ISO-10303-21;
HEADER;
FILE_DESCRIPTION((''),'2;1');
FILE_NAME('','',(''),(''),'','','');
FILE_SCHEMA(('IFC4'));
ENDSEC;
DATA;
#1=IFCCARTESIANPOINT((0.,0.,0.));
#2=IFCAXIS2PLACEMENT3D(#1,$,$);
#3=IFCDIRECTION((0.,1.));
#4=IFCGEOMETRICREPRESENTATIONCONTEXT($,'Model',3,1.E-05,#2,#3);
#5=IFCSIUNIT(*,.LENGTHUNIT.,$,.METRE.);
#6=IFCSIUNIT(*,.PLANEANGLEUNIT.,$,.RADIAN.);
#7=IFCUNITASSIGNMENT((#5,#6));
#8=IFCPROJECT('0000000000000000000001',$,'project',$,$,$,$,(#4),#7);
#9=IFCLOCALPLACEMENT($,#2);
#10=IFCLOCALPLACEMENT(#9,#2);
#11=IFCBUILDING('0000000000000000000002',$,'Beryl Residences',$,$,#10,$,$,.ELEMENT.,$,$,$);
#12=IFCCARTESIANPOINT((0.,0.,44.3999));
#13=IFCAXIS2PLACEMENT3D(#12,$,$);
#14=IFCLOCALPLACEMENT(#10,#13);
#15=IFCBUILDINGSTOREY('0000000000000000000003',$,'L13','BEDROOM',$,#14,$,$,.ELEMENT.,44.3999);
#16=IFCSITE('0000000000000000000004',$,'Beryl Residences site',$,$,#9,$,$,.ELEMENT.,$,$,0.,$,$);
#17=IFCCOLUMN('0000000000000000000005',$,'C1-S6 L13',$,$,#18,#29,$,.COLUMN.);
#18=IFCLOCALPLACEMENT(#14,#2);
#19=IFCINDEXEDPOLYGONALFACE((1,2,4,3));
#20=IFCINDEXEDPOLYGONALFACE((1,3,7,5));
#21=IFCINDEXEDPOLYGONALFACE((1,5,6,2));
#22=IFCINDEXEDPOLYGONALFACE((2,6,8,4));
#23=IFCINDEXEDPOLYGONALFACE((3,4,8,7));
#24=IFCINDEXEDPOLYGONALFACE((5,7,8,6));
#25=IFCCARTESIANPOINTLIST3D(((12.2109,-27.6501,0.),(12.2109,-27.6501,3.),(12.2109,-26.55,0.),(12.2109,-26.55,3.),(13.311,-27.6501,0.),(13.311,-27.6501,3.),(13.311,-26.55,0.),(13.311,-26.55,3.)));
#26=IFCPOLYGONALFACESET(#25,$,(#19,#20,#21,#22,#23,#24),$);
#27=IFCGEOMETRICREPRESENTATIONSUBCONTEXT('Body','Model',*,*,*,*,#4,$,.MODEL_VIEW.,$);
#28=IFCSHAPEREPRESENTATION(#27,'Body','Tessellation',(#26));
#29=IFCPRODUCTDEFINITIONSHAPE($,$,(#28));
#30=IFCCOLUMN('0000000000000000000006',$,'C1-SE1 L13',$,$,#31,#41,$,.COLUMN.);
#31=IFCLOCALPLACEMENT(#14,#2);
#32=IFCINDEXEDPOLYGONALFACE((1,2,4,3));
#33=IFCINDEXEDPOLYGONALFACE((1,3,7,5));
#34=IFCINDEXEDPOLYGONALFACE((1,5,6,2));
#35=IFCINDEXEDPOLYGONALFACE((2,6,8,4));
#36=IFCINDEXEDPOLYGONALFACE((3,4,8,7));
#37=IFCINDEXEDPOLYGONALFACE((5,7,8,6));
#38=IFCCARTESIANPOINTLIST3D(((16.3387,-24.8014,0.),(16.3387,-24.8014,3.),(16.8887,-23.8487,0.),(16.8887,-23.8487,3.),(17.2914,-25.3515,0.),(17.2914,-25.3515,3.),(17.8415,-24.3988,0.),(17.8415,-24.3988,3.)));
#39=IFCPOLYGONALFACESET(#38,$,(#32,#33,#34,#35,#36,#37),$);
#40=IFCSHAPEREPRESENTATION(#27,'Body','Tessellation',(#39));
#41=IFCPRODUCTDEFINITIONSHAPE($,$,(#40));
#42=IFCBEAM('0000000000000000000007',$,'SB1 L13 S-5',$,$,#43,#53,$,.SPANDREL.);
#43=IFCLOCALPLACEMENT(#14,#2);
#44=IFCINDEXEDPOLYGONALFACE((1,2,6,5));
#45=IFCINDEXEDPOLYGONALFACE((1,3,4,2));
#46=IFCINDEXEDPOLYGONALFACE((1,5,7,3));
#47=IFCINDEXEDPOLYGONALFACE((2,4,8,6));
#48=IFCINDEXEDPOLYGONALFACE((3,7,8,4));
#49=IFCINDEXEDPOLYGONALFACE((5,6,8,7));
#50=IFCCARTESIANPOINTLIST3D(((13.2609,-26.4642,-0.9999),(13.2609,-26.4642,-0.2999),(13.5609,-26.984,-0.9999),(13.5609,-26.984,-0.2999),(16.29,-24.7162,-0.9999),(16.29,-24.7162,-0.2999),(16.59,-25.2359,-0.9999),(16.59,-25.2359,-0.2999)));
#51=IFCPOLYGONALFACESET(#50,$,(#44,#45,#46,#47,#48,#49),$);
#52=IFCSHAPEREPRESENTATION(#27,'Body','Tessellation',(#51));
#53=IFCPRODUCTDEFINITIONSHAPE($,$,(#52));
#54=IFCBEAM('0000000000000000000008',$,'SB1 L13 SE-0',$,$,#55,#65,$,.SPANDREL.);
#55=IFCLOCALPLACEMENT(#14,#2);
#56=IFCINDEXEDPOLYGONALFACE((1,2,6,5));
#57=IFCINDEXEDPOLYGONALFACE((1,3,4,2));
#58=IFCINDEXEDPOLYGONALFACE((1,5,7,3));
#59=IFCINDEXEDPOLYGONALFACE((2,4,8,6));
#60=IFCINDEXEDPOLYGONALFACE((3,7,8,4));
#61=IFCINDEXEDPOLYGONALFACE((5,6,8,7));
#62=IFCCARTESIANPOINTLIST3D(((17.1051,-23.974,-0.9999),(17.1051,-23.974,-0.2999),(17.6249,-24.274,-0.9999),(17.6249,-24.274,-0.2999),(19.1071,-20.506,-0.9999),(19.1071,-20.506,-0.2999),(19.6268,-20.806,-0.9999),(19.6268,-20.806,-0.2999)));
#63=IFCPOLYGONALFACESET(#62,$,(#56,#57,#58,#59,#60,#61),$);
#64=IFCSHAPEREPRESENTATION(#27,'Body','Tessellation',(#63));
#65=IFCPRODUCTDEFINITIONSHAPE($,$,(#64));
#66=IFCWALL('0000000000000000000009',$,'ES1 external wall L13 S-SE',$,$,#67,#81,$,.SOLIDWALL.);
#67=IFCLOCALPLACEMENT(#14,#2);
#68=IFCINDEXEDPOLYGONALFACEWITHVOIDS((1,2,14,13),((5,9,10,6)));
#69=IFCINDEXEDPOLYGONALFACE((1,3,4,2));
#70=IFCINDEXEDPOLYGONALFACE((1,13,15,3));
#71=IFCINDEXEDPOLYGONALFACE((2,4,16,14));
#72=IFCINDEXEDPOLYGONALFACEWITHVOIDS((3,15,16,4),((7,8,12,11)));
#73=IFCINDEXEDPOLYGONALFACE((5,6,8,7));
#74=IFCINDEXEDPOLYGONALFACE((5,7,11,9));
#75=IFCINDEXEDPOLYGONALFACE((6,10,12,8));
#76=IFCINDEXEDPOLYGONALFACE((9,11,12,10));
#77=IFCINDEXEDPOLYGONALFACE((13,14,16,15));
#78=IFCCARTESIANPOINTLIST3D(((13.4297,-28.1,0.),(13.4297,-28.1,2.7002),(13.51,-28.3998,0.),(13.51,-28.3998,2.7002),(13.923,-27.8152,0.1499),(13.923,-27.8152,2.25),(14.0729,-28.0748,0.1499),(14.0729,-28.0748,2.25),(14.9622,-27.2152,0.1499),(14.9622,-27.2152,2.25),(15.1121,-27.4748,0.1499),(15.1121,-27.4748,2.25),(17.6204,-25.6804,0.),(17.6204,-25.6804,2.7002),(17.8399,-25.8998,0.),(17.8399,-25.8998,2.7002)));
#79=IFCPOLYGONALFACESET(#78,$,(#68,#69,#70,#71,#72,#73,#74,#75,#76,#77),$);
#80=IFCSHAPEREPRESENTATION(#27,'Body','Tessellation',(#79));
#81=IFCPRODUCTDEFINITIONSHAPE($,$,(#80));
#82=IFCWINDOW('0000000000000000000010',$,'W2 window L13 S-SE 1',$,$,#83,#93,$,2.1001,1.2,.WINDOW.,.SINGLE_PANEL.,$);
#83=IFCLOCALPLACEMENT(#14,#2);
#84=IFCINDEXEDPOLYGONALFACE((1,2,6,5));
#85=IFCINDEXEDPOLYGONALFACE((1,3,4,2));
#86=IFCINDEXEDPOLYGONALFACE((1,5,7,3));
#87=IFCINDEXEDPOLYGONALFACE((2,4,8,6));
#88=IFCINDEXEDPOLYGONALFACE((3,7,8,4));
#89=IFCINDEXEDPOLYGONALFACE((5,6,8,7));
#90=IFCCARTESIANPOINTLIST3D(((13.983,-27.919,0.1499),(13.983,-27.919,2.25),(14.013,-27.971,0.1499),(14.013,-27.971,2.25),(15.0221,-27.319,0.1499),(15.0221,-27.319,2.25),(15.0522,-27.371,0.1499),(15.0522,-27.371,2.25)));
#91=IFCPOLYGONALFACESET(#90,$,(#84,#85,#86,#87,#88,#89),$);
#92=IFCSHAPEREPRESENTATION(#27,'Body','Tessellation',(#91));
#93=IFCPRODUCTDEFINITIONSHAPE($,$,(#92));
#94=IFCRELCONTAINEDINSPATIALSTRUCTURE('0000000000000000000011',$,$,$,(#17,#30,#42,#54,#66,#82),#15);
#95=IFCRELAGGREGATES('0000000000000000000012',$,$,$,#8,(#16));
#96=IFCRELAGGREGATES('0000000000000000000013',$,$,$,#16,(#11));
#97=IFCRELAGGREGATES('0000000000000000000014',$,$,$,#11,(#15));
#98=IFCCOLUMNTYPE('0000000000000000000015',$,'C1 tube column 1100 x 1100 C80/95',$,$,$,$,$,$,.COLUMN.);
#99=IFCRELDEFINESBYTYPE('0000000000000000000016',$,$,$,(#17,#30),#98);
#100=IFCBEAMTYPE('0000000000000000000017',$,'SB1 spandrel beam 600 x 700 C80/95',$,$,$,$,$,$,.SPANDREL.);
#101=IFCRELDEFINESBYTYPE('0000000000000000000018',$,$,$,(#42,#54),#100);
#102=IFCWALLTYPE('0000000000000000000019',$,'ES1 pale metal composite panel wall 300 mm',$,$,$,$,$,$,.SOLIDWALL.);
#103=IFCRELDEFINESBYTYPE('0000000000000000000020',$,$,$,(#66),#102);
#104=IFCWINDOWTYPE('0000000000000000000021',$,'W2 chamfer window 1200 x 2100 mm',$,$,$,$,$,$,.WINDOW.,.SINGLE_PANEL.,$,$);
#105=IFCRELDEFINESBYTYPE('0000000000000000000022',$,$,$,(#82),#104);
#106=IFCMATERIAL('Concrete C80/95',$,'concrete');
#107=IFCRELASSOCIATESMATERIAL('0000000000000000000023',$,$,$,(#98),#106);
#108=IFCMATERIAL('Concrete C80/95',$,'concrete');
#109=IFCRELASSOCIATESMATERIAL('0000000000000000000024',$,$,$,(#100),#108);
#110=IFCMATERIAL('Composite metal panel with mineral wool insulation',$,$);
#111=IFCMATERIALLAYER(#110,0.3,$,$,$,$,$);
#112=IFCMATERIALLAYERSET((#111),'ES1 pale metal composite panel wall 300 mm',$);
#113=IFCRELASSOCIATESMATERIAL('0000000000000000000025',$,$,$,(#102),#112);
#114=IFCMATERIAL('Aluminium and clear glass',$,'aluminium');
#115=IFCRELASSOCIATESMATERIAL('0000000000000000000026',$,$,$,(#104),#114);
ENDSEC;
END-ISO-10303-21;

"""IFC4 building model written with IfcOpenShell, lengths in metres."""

from ifc_helpers import new_model, si_unit, direction, frame, frame_2d, origin, origin_2d, place, context, subcontext, project, spatial, polyline, rectangle, outline, extrude, material, layer, layer_set, material_profile, profile_set, type_object, element, fill, save


model = new_model("IFC4")

# Units and contexts
model_context = context("Model", 3, precision=1e-05, world=origin(), true_north=direction((0.0, 1.0)))
body_context = subcontext(model_context, "Body", "Model", "MODEL_VIEW")
ifc_project = project(units=[si_unit("LENGTHUNIT", "METRE"), si_unit("PLANEANGLEUNIT", "RADIAN")], contexts=[model_context])

# Site, building, storey
site_placement = place(None, origin())
site = spatial("IfcSite", under=ifc_project, at=site_placement, Name="Beryl Residences site", CompositionType="ELEMENT", RefElevation=0.0)
building_placement = place(site_placement, origin())
building = spatial("IfcBuilding", under=site, at=building_placement, Name="Beryl Residences", CompositionType="ELEMENT")
storey_placement = place(building_placement, frame((0.0, 0.0, 44.3999)))
storey = spatial("IfcBuildingStorey", under=building, at=storey_placement, Name="L13", Description="BEDROOM", CompositionType="ELEMENT", Elevation=44.3999)

# Columns
ifc_material_1 = material(Name="Concrete C80/95", Category="concrete")
ifc_material_profile_1 = material_profile(ifc_material_1, rectangle(XDim=1.1001, YDim=1.1001, at=origin_2d()))
ifc_profile_set_1 = profile_set([ifc_material_profile_1], Name="Concrete C80/95")
column_type = type_object("IfcColumnType", Name="C1 tube column 1100 x 1100 C80/95", PredefinedType="COLUMN", material=ifc_profile_set_1)
for number, where, z_axis, x_axis, name in (
    (1, (12.761, -27.1001, 0.0), (0.0, 0.0, 1.0), (1.0, 0.0, 0.0), "C1-S6 L13"),
    (2, (17.0901, -24.6001, 0.0), (0.0, 0.0, 1.0), (0.499985, 0.866034, 0.0), "C1-SE1 L13"),
):
    element("IfcColumn", number, at=place(storey_placement, frame(where, z_axis=z_axis, x_axis=x_axis)), inside=storey, type_object=column_type, Name=name, PredefinedType="COLUMN", context=body_context, shape_type="SweptSolid", body=[
        extrude(rectangle(XDim=1.1001, YDim=1.1001, at=origin_2d()), origin(), (0.0, 0.0, 1.0), 3.0),
    ])

# Beams
ifc_material_2 = material(Name="Concrete C80/95", Category="concrete")
ifc_material_profile_2 = material_profile(ifc_material_2, rectangle(XDim=0.6001, YDim=0.7, at=origin_2d()))
ifc_profile_set_2 = profile_set([ifc_material_profile_2], Name="Concrete C80/95")
beam_type = type_object("IfcBeamType", Name="SB1 spandrel beam 600 x 700 C80/95", PredefinedType="SPANDREL", material=ifc_profile_set_2)
beam_1_placement = place(storey_placement, frame((13.4109, -26.7241, -0.6499), z_axis=(0.866122, 0.499833, 0.0), x_axis=(-0.499833, 0.866122, 0.0)))
element("IfcBeam", 3, at=beam_1_placement, inside=storey, type_object=beam_type, Name="SB1 L13 S-5", PredefinedType="SPANDREL", context=body_context, shape_type="SweptSolid", body=[
    extrude(rectangle(XDim=0.6001, YDim=0.7, at=origin_2d()), origin(), (0.0, 0.0, 1.0), 3.4973),
])
beam_2_placement = place(storey_placement, frame((17.365, -24.124, -0.6499), z_axis=(0.499942, 0.866059, 0.0), x_axis=(-0.866059, 0.499942, 0.0)))
element("IfcBeam", 4, at=beam_2_placement, inside=storey, type_object=beam_type, Name="SB1 L13 SE-0", PredefinedType="SPANDREL", context=body_context, shape_type="SweptSolid", body=[
    extrude(rectangle(XDim=0.6001, YDim=0.7, at=origin_2d()), origin(), (0.0, 0.0, 1.0), 4.0044),
])

# Wall, opening, window
ifc_material_3 = material(Name="Composite metal panel with mineral wool insulation")
ifc_layer_1 = layer(ifc_material_3, 0.3)
ifc_layer_set_1 = layer_set([ifc_layer_1], Name="ES1 pale metal composite panel wall 300 mm")
wall_type_1 = type_object("IfcWallType", Name="ES1 pale metal composite panel wall 300 mm", PredefinedType="SOLIDWALL", material=ifc_layer_set_1)
wall_1_placement = place(storey_placement, frame((13.4351, -28.27, 0.0), z_axis=(0.0, 0.0, 1.0), x_axis=(0.866011, 0.500025, 0.0)))
wall_1 = element("IfcWall", 5, at=wall_1_placement, inside=storey, type_object=wall_type_1, Name="ES1 external wall L13 S-SE", PredefinedType="SOLIDWALL", context=body_context, shape_type="SweptSolid", body=[
    extrude(outline(polyline([(0.0, -0.1499), (4.9998, -0.1499), (4.9194, 0.1499), (0.0803, 0.1499), (0.0, -0.1499)])), origin(), (0.0, 0.0, 1.0), 2.7002),
])
opening_1_placement = place(wall_1_placement, frame((0.6499, 0.0, 0.1499)))
opening_1 = element("IfcOpeningElement", 6, at=opening_1_placement, cuts=wall_1, PredefinedType="OPENING", context=body_context, shape_type="SweptSolid", body=[
    extrude(rectangle(XDim=1.2, YDim=2.1001, at=frame_2d((0.6001, 1.05))), frame((0.0, 0.1599, 0.0), z_axis=(0.0, -1.0, 0.0), x_axis=(1.0, 0.0, 0.0)), (0.0, 0.0, 1.0), 0.3201),
])
ifc_material_4 = material(Name="Aluminium and clear glass", Category="aluminium")
window_type_1 = type_object("IfcWindowType", Name="W2 chamfer window 1200 x 2100 mm", PartitioningType="SINGLE_PANEL", PredefinedType="WINDOW", material=ifc_material_4)
window_1_placement = place(opening_1_placement, origin())
window_1 = element("IfcWindow", 7, at=window_1_placement, inside=storey, type_object=window_type_1, Name="W2 window L13 S-SE 1", OverallHeight=2.1001, OverallWidth=1.2, PartitioningType="SINGLE_PANEL", PredefinedType="WINDOW", context=body_context, shape_type="SweptSolid", body=[
    extrude(rectangle(XDim=1.2, YDim=2.1001, at=frame_2d((0.6001, 1.05))), frame((0.0, 0.03, 0.0), z_axis=(0.0, -1.0, 0.0), x_axis=(1.0, 0.0, 0.0)), (0.0, 0.0, 1.0), 0.0601),
])
fill(opening_1, window_1)

save(model, "model.ifc")
